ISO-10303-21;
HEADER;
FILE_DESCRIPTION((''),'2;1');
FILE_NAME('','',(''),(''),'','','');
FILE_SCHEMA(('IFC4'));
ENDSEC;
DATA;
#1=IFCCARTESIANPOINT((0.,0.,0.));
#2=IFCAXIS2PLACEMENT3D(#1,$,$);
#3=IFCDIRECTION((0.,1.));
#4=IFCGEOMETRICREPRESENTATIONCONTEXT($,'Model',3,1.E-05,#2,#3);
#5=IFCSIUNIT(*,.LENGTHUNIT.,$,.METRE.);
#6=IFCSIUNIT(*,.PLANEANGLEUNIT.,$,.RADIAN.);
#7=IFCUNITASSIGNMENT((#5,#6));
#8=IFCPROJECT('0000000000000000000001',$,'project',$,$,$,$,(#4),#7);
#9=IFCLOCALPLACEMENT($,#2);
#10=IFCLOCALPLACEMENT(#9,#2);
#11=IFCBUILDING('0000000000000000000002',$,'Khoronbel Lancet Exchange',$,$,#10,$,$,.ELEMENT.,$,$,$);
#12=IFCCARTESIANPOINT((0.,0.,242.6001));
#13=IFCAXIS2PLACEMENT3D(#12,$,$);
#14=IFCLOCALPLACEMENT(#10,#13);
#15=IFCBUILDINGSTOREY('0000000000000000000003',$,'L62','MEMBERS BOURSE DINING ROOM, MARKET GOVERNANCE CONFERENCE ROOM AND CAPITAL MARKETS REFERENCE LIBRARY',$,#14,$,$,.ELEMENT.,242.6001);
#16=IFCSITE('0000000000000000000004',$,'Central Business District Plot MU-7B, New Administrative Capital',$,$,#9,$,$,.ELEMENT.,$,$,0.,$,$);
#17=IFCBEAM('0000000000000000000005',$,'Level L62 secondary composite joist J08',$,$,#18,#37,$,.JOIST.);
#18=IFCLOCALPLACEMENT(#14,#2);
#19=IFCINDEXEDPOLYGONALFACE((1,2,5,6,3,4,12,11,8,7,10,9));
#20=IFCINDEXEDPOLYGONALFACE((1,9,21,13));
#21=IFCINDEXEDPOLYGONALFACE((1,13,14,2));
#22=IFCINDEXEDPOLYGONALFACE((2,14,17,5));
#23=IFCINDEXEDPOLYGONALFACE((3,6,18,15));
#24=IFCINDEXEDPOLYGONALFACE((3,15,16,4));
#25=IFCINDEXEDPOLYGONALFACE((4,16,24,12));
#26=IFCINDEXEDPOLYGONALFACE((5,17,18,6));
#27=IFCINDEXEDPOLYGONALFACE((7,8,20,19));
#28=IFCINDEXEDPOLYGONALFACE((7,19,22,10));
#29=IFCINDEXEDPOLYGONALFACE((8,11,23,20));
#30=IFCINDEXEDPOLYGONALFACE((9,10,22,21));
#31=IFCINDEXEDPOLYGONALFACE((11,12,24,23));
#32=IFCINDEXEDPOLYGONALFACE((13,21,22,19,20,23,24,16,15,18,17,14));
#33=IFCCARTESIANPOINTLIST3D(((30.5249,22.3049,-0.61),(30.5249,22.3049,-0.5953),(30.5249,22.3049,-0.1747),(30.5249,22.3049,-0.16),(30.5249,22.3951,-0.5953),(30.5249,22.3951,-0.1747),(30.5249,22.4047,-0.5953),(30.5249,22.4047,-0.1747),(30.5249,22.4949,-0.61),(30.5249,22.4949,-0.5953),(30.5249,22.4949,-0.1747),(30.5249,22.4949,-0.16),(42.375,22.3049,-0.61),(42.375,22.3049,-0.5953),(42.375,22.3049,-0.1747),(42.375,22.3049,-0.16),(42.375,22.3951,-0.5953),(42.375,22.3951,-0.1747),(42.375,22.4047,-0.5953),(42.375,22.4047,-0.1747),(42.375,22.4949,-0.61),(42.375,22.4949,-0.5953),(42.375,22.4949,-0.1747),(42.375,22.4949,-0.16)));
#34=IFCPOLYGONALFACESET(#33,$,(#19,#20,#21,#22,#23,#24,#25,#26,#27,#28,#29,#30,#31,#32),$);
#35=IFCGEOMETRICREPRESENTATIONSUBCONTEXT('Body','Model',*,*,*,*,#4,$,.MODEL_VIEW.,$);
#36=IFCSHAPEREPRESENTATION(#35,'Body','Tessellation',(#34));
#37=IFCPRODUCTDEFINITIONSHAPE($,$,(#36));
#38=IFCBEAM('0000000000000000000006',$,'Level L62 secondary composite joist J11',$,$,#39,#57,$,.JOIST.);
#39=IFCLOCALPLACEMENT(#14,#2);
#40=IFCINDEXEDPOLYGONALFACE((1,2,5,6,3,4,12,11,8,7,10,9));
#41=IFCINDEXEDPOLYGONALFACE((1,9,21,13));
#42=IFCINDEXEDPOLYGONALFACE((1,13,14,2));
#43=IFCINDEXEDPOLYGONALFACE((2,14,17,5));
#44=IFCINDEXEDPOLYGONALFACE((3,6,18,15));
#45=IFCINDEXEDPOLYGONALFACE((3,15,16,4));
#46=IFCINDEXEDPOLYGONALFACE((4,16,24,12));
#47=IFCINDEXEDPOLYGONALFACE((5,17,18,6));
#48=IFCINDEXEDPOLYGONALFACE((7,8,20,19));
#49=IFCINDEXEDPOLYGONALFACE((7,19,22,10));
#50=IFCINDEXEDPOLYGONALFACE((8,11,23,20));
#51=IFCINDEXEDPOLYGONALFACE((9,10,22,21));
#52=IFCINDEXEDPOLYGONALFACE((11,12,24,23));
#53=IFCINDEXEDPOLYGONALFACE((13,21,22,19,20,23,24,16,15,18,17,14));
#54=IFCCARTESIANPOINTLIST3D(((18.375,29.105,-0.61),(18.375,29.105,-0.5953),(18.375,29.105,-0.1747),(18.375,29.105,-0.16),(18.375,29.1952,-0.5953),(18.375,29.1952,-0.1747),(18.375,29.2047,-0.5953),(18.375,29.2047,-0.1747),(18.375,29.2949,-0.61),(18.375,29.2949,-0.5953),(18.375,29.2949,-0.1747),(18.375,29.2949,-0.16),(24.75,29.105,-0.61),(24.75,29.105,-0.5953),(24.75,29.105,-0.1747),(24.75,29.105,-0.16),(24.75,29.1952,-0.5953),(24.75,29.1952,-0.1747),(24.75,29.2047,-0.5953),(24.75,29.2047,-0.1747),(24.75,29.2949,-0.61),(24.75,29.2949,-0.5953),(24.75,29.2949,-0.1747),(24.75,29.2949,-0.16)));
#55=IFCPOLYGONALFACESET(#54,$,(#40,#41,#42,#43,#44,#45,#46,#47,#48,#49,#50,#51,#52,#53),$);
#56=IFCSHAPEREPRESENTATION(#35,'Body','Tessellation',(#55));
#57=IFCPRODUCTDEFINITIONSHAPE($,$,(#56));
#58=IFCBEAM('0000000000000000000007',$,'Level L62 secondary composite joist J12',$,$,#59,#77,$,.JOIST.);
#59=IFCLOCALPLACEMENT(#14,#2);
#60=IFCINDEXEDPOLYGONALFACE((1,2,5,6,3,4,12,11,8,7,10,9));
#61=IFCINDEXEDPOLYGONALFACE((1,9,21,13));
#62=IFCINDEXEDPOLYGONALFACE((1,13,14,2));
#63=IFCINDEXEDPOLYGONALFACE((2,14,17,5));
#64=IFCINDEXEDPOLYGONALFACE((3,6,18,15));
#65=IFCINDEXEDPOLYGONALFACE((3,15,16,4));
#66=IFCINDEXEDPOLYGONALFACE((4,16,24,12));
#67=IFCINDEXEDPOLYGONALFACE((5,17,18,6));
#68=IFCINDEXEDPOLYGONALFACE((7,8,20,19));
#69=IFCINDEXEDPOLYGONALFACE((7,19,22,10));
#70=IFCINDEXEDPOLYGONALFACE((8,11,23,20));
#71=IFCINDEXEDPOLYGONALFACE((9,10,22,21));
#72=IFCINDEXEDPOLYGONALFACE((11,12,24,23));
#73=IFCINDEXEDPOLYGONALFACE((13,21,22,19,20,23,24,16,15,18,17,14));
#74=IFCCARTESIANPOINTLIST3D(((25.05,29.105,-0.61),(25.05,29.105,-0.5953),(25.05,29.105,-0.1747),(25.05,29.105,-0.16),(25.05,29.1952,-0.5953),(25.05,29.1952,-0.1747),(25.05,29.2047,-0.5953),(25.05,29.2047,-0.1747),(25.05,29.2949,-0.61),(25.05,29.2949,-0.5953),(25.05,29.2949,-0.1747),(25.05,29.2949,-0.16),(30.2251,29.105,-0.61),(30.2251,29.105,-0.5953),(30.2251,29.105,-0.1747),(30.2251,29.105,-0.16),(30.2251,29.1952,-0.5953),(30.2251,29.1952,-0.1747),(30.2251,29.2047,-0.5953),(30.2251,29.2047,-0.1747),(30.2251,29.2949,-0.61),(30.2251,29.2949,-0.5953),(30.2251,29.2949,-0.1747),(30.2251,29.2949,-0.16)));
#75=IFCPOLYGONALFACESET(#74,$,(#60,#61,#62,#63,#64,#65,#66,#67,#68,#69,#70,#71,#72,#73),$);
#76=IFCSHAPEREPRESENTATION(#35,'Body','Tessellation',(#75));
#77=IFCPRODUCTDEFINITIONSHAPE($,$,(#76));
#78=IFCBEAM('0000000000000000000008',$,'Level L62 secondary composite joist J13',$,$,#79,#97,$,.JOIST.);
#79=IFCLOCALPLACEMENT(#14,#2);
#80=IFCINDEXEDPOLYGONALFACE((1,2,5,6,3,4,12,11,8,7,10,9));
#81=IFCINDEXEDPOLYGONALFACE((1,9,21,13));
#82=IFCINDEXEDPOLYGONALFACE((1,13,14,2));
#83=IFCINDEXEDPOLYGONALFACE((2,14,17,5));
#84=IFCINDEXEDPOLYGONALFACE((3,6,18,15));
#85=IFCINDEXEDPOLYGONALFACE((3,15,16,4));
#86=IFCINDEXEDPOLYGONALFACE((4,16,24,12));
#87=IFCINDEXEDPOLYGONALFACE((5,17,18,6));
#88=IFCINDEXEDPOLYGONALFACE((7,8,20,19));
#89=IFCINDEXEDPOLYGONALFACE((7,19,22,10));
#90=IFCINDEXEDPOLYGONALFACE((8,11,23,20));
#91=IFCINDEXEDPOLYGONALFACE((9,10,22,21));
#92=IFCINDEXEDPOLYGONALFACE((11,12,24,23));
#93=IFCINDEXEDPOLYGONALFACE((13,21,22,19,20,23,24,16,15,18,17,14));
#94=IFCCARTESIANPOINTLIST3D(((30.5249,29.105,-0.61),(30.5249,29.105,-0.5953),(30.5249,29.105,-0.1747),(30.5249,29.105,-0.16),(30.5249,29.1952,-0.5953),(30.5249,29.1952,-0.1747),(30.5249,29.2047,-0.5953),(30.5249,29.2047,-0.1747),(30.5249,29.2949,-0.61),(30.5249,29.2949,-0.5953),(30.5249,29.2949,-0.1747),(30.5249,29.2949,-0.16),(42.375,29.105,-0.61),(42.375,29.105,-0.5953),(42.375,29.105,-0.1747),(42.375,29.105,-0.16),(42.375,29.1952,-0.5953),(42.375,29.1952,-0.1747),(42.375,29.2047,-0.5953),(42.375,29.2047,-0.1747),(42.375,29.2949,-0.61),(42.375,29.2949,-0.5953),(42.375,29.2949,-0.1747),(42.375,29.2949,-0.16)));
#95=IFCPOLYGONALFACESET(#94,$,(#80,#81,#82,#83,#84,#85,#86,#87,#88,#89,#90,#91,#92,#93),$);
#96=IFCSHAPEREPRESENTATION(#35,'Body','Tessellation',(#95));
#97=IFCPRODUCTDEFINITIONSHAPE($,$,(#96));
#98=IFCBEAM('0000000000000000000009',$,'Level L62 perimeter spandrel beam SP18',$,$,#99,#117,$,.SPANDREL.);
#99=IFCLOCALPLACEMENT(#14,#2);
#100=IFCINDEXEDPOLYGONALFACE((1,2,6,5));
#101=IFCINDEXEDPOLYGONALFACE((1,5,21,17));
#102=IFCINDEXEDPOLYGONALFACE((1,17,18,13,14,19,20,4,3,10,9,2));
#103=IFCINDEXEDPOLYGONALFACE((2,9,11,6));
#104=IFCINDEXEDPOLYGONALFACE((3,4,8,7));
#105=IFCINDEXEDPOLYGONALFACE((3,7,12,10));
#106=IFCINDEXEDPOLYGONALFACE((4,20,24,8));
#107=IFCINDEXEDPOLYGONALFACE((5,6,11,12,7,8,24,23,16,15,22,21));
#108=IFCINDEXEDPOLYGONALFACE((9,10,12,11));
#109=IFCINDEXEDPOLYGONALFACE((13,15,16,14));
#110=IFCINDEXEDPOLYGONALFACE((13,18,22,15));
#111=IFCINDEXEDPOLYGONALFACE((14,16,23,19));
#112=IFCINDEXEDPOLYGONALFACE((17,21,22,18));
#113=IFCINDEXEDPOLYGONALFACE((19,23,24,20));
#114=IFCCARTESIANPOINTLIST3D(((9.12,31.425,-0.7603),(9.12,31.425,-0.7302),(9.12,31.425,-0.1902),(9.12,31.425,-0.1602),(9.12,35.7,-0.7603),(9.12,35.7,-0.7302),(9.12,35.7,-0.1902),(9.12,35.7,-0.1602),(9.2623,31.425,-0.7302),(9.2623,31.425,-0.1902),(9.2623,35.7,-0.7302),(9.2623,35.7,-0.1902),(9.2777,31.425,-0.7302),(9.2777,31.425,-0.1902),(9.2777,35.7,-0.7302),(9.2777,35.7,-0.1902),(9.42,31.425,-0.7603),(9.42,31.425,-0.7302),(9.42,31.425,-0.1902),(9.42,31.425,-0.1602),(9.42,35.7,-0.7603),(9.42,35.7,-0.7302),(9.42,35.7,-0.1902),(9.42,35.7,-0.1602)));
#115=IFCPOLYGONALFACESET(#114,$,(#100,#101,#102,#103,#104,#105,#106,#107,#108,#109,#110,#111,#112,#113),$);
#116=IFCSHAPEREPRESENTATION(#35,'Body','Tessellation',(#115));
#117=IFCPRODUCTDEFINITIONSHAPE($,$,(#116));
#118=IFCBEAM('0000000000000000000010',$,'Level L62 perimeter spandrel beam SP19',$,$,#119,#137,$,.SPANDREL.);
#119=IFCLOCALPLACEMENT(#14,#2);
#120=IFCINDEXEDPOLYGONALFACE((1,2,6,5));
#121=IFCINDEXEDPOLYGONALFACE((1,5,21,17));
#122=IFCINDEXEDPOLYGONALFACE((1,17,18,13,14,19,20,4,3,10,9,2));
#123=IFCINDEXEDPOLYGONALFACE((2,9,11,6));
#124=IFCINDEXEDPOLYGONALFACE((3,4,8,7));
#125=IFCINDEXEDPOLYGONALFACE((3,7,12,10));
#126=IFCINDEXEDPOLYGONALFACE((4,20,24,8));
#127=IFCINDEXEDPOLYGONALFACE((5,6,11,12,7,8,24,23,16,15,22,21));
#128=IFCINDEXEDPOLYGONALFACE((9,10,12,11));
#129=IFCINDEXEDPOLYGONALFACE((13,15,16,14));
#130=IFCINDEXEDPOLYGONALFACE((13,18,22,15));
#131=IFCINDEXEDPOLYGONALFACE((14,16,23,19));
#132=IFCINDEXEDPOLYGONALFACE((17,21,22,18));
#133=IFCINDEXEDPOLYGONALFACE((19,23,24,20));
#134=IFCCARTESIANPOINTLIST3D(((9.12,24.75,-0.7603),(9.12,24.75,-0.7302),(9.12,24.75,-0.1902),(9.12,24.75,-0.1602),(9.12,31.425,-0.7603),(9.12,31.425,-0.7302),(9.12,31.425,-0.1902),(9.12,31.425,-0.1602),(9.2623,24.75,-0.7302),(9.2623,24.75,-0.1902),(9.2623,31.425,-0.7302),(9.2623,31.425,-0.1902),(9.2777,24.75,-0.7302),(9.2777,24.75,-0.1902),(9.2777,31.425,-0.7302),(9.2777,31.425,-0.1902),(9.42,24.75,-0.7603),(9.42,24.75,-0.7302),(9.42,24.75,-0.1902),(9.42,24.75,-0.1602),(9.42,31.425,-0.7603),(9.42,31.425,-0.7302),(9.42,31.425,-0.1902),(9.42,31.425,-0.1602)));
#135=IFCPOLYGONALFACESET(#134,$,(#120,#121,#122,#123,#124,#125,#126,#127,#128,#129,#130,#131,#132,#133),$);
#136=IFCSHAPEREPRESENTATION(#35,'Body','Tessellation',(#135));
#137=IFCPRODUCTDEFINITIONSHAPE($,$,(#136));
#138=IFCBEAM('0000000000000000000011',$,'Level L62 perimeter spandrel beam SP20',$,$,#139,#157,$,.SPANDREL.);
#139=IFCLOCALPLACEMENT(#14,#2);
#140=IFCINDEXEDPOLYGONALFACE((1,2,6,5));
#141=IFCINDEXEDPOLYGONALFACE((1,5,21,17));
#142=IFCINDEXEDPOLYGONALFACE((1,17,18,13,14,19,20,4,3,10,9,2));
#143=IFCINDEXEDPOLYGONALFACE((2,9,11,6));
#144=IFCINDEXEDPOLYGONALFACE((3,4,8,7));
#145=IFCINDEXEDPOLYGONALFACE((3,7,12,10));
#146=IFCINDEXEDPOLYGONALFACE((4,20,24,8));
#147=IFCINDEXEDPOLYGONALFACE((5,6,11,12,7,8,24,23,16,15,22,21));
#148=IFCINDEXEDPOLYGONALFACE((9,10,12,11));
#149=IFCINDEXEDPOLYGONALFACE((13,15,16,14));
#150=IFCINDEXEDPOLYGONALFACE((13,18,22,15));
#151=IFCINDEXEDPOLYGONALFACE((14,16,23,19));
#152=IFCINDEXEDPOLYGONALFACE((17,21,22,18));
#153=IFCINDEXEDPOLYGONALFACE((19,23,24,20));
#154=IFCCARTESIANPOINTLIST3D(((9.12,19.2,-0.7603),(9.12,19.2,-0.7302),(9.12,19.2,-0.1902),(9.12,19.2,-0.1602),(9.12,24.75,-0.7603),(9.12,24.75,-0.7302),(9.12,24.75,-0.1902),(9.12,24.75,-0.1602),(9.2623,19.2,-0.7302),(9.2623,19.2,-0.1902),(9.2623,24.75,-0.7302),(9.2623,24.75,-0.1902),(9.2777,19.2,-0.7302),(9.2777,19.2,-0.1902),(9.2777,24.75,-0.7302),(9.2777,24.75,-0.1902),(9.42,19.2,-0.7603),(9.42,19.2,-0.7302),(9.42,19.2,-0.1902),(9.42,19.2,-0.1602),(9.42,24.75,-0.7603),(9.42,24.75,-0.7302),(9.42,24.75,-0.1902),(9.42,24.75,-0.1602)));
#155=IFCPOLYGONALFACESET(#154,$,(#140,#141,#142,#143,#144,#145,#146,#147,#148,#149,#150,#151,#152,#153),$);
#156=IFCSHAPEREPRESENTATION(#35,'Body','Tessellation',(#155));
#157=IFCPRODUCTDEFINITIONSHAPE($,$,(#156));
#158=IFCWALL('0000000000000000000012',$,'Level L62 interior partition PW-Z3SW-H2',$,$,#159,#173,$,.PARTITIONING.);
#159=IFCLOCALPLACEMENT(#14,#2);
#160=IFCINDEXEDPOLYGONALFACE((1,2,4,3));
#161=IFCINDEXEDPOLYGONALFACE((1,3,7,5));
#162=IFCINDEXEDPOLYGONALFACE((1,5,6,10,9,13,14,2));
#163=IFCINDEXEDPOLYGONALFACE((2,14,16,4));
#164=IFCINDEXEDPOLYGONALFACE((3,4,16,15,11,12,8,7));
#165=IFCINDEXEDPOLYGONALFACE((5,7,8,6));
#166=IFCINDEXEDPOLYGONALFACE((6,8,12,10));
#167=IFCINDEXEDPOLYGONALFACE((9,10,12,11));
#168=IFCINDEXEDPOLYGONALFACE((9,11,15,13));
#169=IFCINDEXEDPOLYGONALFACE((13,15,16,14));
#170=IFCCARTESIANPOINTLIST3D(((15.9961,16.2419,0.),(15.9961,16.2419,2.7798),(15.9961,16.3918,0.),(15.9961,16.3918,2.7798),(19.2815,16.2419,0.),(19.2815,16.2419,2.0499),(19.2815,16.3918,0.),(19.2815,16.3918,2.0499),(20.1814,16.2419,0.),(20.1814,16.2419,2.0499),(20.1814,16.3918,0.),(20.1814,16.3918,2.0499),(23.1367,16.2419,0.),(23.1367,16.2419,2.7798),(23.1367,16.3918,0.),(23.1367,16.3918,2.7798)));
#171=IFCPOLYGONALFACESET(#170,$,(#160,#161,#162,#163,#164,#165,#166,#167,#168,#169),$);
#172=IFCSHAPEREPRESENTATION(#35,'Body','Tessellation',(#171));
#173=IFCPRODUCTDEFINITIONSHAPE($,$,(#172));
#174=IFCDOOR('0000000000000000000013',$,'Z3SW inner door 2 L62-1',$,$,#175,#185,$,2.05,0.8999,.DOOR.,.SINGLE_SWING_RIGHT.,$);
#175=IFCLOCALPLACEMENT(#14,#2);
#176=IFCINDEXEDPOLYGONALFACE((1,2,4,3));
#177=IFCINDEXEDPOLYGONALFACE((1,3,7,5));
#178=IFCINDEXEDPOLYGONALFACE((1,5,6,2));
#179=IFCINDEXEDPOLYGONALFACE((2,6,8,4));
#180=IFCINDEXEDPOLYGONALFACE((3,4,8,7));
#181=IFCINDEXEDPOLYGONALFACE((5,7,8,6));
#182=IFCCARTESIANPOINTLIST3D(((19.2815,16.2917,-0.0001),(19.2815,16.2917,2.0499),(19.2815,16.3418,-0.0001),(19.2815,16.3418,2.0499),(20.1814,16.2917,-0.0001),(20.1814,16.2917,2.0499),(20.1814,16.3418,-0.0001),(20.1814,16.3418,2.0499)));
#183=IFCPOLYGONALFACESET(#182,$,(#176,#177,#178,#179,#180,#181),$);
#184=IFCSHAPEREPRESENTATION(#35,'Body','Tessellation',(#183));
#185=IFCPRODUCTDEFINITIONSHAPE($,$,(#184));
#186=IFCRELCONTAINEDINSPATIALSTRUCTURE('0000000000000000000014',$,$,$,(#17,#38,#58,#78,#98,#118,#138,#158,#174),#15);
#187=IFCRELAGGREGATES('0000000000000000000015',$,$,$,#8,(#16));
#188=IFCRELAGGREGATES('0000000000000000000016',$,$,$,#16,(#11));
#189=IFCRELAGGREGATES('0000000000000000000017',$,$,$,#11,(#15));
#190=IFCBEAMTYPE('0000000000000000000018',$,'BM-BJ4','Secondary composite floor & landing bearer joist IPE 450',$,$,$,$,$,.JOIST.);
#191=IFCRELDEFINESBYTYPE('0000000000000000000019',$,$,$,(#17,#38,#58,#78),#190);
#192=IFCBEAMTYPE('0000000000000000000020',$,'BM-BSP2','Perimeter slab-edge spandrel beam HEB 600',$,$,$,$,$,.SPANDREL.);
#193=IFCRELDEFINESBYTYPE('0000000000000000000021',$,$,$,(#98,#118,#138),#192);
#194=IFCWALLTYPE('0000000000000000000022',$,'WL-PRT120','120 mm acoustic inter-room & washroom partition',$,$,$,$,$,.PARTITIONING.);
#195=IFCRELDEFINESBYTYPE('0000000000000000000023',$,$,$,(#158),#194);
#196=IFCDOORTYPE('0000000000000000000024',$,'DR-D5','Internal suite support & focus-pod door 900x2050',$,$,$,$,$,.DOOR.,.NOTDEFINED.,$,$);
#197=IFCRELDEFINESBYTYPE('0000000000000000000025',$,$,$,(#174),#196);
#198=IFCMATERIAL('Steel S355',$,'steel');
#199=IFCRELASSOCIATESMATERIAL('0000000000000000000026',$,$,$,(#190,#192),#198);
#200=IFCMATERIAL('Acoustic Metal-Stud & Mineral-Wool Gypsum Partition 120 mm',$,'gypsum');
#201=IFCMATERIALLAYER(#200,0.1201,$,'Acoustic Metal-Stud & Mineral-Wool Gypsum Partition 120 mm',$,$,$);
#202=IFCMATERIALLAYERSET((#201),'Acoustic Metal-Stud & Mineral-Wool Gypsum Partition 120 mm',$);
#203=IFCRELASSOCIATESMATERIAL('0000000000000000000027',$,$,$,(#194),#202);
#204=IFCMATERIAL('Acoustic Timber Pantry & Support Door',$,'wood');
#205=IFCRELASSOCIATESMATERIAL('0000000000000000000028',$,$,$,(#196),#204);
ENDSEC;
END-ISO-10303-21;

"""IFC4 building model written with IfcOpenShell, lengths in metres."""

from ifc_helpers import new_model, si_unit, direction, frame, frame_2d, origin, origin_2d, place, context, subcontext, project, spatial, rectangle, i_section, extrude, material, layer, layer_set, material_profile, profile_set, type_object, element, fill, save


model = new_model("IFC4")

# Units and contexts
model_context = context("Model", 3, precision=1e-05, world=origin(), true_north=direction((0.0, 1.0)))
body_context = subcontext(model_context, "Body", "Model", "MODEL_VIEW")
ifc_project = project(units=[si_unit("LENGTHUNIT", "METRE"), si_unit("PLANEANGLEUNIT", "RADIAN")], contexts=[model_context])

# Site, building, storey
site_placement = place(None, origin())
site = spatial("IfcSite", under=ifc_project, at=site_placement, Name="Central Business District Plot MU-7B, New Administrative Capital", CompositionType="ELEMENT", RefElevation=0.0)
building_placement = place(site_placement, origin())
building = spatial("IfcBuilding", under=site, at=building_placement, Name="Khoronbel Lancet Exchange", CompositionType="ELEMENT")
storey_placement = place(building_placement, frame((0.0, 0.0, 242.6001)))
storey = spatial("IfcBuildingStorey", under=building, at=storey_placement, Name="L62", Description="MEMBERS BOURSE DINING ROOM, MARKET GOVERNANCE CONFERENCE ROOM AND CAPITAL MARKETS REFERENCE LIBRARY", CompositionType="ELEMENT", Elevation=242.6001)

# Shared definitions
ifc_material_1 = material(Name="Steel S355", Category="steel")

# Beams
ifc_material_profile_1 = material_profile(ifc_material_1, i_section(OverallWidth=0.1899, OverallDepth=0.45, WebThickness=0.0095, FlangeThickness=0.0146, at=origin_2d()), Name="IPE 450")
ifc_profile_set_1 = profile_set([ifc_material_profile_1], Name="Steel S355")
beam_type_1 = type_object("IfcBeamType", Name="BM-BJ4", Description="Secondary composite floor & landing bearer joist IPE 450", PredefinedType="JOIST", material=ifc_profile_set_1)
beam_1_placement = place(storey_placement, frame((30.5249, 22.3999, -0.385), z_axis=(1.0, 0.0, 0.0), x_axis=(0.0, 1.0, 0.0)))
element("IfcBeam", 1, at=beam_1_placement, inside=storey, type_object=beam_type_1, Name="Level L62 secondary composite joist J08", PredefinedType="JOIST", context=body_context, shape_type="SweptSolid", body=[
    extrude(i_section(OverallWidth=0.1899, OverallDepth=0.45, WebThickness=0.0095, FlangeThickness=0.0146, at=origin_2d()), origin(), (0.0, 0.0, 1.0), 11.8501),
])
beam_2_placement = place(storey_placement, frame((18.375, 29.2, -0.385), z_axis=(1.0, 0.0, 0.0), x_axis=(0.0, 1.0, 0.0)))
element("IfcBeam", 2, at=beam_2_placement, inside=storey, type_object=beam_type_1, Name="Level L62 secondary composite joist J11", PredefinedType="JOIST", context=body_context, shape_type="SweptSolid", body=[
    extrude(i_section(OverallWidth=0.1899, OverallDepth=0.45, WebThickness=0.0095, FlangeThickness=0.0146, at=origin_2d()), origin(), (0.0, 0.0, 1.0), 6.375),
])
beam_3_placement = place(storey_placement, frame((25.05, 29.2, -0.385), z_axis=(1.0, 0.0, 0.0), x_axis=(0.0, 1.0, 0.0)))
element("IfcBeam", 3, at=beam_3_placement, inside=storey, type_object=beam_type_1, Name="Level L62 secondary composite joist J12", PredefinedType="JOIST", context=body_context, shape_type="SweptSolid", body=[
    extrude(i_section(OverallWidth=0.1899, OverallDepth=0.45, WebThickness=0.0095, FlangeThickness=0.0146, at=origin_2d()), origin(), (0.0, 0.0, 1.0), 5.175),
])
beam_4_placement = place(storey_placement, frame((30.5249, 29.2, -0.385), z_axis=(1.0, 0.0, 0.0), x_axis=(0.0, 1.0, 0.0)))
element("IfcBeam", 4, at=beam_4_placement, inside=storey, type_object=beam_type_1, Name="Level L62 secondary composite joist J13", PredefinedType="JOIST", context=body_context, shape_type="SweptSolid", body=[
    extrude(i_section(OverallWidth=0.1899, OverallDepth=0.45, WebThickness=0.0095, FlangeThickness=0.0146, at=origin_2d()), origin(), (0.0, 0.0, 1.0), 11.8501),
])
ifc_material_profile_2 = material_profile(ifc_material_1, i_section(OverallWidth=0.3, OverallDepth=0.6001, WebThickness=0.0154, FlangeThickness=0.03, at=origin_2d()), Name="HEB 600")
ifc_profile_set_2 = profile_set([ifc_material_profile_2], Name="Steel S355")
beam_type_2 = type_object("IfcBeamType", Name="BM-BSP2", Description="Perimeter slab-edge spandrel beam HEB 600", PredefinedType="SPANDREL", material=ifc_profile_set_2)
beam_5_placement = place(storey_placement, frame((9.27, 35.7, -0.4602), z_axis=(0.0, -1.0, 0.0), x_axis=(1.0, 0.0, 0.0)))
element("IfcBeam", 5, at=beam_5_placement, inside=storey, type_object=beam_type_2, Name="Level L62 perimeter spandrel beam SP18", PredefinedType="SPANDREL", context=body_context, shape_type="SweptSolid", body=[
    extrude(i_section(OverallWidth=0.3, OverallDepth=0.6001, WebThickness=0.0154, FlangeThickness=0.03, at=origin_2d()), origin(), (0.0, 0.0, 1.0), 4.2749),
])
beam_6_placement = place(storey_placement, frame((9.27, 31.425, -0.4602), z_axis=(0.0, -1.0, 0.0), x_axis=(1.0, 0.0, 0.0)))
element("IfcBeam", 6, at=beam_6_placement, inside=storey, type_object=beam_type_2, Name="Level L62 perimeter spandrel beam SP19", PredefinedType="SPANDREL", context=body_context, shape_type="SweptSolid", body=[
    extrude(i_section(OverallWidth=0.3, OverallDepth=0.6001, WebThickness=0.0154, FlangeThickness=0.03, at=origin_2d()), origin(), (0.0, 0.0, 1.0), 6.675),
])
beam_7_placement = place(storey_placement, frame((9.27, 24.75, -0.4602), z_axis=(0.0, -1.0, 0.0), x_axis=(1.0, 0.0, 0.0)))
element("IfcBeam", 7, at=beam_7_placement, inside=storey, type_object=beam_type_2, Name="Level L62 perimeter spandrel beam SP20", PredefinedType="SPANDREL", context=body_context, shape_type="SweptSolid", body=[
    extrude(i_section(OverallWidth=0.3, OverallDepth=0.6001, WebThickness=0.0154, FlangeThickness=0.03, at=origin_2d()), origin(), (0.0, 0.0, 1.0), 5.55),
])

# Wall, opening, door
ifc_material_2 = material(Name="Acoustic Metal-Stud & Mineral-Wool Gypsum Partition 120 mm", Category="gypsum")
ifc_layer_1 = layer(ifc_material_2, 0.1201, Name="Acoustic Metal-Stud & Mineral-Wool Gypsum Partition 120 mm")
ifc_layer_set_1 = layer_set([ifc_layer_1], Name="Acoustic Metal-Stud & Mineral-Wool Gypsum Partition 120 mm")
wall_type_1 = type_object("IfcWallType", Name="WL-PRT120", Description="120 mm acoustic inter-room & washroom partition", PredefinedType="PARTITIONING", material=ifc_layer_set_1)
wall_1_placement = place(storey_placement, frame((15.9961, 16.3169, 0.0), z_axis=(0.0, 0.0, 1.0), x_axis=(1.0, 0.0, 0.0)))
wall_1 = element("IfcWall", 8, at=wall_1_placement, inside=storey, type_object=wall_type_1, Name="Level L62 interior partition PW-Z3SW-H2", PredefinedType="PARTITIONING", context=body_context, shape_type="SweptSolid", body=[
    extrude(rectangle(XDim=7.1406, YDim=0.1499, at=frame_2d((3.5703, 0.0))), origin(), (0.0, 0.0, 1.0), 2.7798),
])
opening_1_placement = place(wall_1_placement, frame((3.2854, 0.0, 0.0)))
opening_1 = element("IfcOpeningElement", 9, at=opening_1_placement, cuts=wall_1, PredefinedType="OPENING", context=body_context, shape_type="SweptSolid", body=[
    extrude(rectangle(XDim=0.8999, YDim=2.05, at=frame_2d((0.45, 1.0249))), frame((0.0, 0.085, 0.0), z_axis=(0.0, -1.0, 0.0), x_axis=(1.0, 0.0, 0.0)), (0.0, 0.0, 1.0), 0.1699),
])
ifc_material_3 = material(Name="Acoustic Timber Pantry & Support Door", Category="wood")
door_type_1 = type_object("IfcDoorType", Name="DR-D5", Description="Internal suite support & focus-pod door 900x2050", OperationType="NOTDEFINED", PredefinedType="DOOR", material=ifc_material_3)
door_1_placement = place(opening_1_placement, origin())
door_1 = element("IfcDoor", 10, at=door_1_placement, inside=storey, type_object=door_type_1, Name="Z3SW inner door 2 L62-1", OperationType="SINGLE_SWING_RIGHT", OverallHeight=2.05, OverallWidth=0.8999, PredefinedType="DOOR", context=body_context, shape_type="SweptSolid", body=[
    extrude(rectangle(XDim=0.8999, YDim=2.05, at=frame_2d((0.45, 1.0249))), frame((0.0, 0.0249, 0.0), z_axis=(0.0, -1.0, 0.0), x_axis=(1.0, 0.0, 0.0)), (0.0, 0.0, 1.0), 0.05),
])
fill(opening_1, door_1)

save(model, "model.ifc")
